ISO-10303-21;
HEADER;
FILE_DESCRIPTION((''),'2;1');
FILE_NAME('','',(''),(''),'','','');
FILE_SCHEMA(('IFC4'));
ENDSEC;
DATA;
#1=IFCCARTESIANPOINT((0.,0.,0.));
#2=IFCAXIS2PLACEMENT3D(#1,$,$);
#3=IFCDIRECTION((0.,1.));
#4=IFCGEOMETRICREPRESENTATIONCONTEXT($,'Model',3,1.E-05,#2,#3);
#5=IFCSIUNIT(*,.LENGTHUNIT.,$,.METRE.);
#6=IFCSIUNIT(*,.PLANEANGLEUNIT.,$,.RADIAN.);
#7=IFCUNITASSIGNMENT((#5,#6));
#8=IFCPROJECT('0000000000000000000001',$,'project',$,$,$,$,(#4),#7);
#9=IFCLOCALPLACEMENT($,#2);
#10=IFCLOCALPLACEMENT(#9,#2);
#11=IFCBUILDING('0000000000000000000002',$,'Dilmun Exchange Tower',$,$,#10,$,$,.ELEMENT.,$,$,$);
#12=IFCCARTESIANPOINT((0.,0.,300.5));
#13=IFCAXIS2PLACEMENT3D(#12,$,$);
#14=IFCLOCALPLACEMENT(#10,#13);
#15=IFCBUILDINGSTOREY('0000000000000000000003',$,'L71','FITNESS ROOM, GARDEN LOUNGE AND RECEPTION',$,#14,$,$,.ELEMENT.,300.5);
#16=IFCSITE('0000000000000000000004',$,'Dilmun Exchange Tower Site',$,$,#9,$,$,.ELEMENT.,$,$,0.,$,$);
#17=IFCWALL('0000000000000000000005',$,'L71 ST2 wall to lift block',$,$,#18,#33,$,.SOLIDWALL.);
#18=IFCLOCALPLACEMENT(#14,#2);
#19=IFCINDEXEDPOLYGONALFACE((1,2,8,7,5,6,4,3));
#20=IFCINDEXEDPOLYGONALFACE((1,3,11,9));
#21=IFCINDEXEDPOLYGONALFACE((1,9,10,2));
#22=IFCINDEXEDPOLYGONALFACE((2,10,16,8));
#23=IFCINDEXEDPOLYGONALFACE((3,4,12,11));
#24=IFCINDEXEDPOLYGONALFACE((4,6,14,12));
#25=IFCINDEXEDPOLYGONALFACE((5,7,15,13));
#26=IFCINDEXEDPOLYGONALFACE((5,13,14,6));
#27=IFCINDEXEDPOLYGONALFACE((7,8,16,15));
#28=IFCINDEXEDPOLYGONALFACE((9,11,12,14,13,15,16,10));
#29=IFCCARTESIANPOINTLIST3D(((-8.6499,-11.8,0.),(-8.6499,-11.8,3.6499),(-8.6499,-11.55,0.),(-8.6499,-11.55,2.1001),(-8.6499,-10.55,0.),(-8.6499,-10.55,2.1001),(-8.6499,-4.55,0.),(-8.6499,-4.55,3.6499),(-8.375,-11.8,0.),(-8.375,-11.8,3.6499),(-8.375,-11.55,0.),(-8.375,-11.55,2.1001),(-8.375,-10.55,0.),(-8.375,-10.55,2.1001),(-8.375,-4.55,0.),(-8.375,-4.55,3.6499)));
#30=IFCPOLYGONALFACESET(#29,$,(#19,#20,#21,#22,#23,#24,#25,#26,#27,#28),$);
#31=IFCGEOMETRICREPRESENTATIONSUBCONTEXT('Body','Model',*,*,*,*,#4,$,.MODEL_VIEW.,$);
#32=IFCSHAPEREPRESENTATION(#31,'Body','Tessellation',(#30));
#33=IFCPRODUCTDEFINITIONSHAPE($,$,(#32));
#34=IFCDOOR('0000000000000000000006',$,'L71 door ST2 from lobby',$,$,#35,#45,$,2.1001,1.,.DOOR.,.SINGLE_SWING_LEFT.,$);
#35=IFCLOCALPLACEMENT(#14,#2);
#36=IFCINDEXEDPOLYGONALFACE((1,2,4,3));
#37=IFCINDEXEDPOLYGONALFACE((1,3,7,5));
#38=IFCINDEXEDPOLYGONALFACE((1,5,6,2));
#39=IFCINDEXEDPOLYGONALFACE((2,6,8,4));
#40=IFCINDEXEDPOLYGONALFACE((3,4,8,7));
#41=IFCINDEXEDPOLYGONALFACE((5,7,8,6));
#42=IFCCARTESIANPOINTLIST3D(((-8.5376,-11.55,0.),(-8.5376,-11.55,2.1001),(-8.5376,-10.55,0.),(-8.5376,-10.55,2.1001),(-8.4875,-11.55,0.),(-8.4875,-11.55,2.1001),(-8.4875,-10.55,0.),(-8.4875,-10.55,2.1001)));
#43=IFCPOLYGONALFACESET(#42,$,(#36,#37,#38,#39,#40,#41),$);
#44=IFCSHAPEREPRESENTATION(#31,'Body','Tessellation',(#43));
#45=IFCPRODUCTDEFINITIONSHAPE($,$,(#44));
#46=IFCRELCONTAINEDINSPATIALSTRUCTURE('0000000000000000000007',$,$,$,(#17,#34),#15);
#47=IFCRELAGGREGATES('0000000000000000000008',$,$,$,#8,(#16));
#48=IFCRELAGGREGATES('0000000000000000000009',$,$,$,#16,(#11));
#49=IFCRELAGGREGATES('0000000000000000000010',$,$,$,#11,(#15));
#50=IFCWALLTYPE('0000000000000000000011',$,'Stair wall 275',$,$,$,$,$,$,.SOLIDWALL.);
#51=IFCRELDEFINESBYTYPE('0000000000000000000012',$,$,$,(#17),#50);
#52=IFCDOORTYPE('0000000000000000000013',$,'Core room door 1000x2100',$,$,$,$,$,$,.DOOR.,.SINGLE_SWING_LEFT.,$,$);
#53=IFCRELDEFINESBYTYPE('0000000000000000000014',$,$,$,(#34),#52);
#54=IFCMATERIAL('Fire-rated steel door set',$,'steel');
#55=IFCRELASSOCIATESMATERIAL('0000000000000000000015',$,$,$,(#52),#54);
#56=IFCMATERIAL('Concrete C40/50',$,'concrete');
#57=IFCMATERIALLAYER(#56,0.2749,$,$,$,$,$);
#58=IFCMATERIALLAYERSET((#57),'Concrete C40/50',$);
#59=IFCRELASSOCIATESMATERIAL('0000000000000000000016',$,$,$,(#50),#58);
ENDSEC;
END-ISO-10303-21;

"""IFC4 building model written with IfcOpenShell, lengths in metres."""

from ifc_helpers import new_model, si_unit, direction, frame, frame_2d, origin, place, context, subcontext, project, spatial, rectangle, extrude, material, layer, layer_set, type_object, element, fill, save


model = new_model("IFC4")

# Units and contexts
model_context = context("Model", 3, precision=1e-05, world=origin(), true_north=direction((0.0, 1.0)))
body_context = subcontext(model_context, "Body", "Model", "MODEL_VIEW")
ifc_project = project(units=[si_unit("LENGTHUNIT", "METRE"), si_unit("PLANEANGLEUNIT", "RADIAN")], contexts=[model_context])

# Site, building, storey
site_placement = place(None, origin())
site = spatial("IfcSite", under=ifc_project, at=site_placement, Name="Dilmun Exchange Tower Site", CompositionType="ELEMENT", RefElevation=0.0)
building_placement = place(site_placement, origin())
building = spatial("IfcBuilding", under=site, at=building_placement, Name="Dilmun Exchange Tower", CompositionType="ELEMENT")
storey_placement = place(building_placement, frame((0.0, 0.0, 300.5)))
storey = spatial("IfcBuildingStorey", under=building, at=storey_placement, Name="L71", Description="FITNESS ROOM, GARDEN LOUNGE AND RECEPTION", CompositionType="ELEMENT", Elevation=300.5)

# Shared definitions
ifc_material_1 = material(Name="Concrete C40/50", Category="concrete")

# Shared definitions
ifc_material_2 = material(Name="Fire-rated steel door set", Category="steel")

# Shared definitions
door_type_1 = type_object("IfcDoorType", Name="Core room door 1000x2100", OperationType="SINGLE_SWING_LEFT", PredefinedType="DOOR", material=ifc_material_2)

# Wall, opening, door
ifc_layer_1 = layer(ifc_material_1, 0.2749)
ifc_layer_set_1 = layer_set([ifc_layer_1], Name="Concrete C40/50")
wall_type_1 = type_object("IfcWallType", Name="Stair wall 275", PredefinedType="SOLIDWALL", material=ifc_layer_set_1)
wall_1_placement = place(storey_placement, frame((-8.5125, -4.55, 0.0), z_axis=(0.0, 0.0, 1.0), x_axis=(0.0, -1.0, 0.0)))
wall_1 = element("IfcWall", 1, at=wall_1_placement, inside=storey, type_object=wall_type_1, Name="L71 ST2 wall to lift block", PredefinedType="SOLIDWALL", context=body_context, shape_type="SweptSolid", body=[
    extrude(rectangle(XDim=7.25, YDim=0.2749, at=frame_2d((3.625, 0.0))), origin(), (0.0, 0.0, 1.0), 3.6499),
])
opening_1_placement = place(wall_1_placement, frame((6.0, 0.0, 0.0)))
opening_1 = element("IfcOpeningElement", 2, at=opening_1_placement, cuts=wall_1, PredefinedType="OPENING", context=body_context, shape_type="SweptSolid", body=[
    extrude(rectangle(XDim=1.0, YDim=2.1001, at=frame_2d((0.5, 1.05))), frame((0.0, 0.1475, 0.0), z_axis=(0.0, -1.0, 0.0), x_axis=(1.0, 0.0, 0.0)), (0.0, 0.0, 1.0), 0.2949),
])
door_1_placement = place(opening_1_placement, origin())
door_1 = element("IfcDoor", 3, at=door_1_placement, inside=storey, type_object=door_type_1, Name="L71 door ST2 from lobby", OperationType="SINGLE_SWING_LEFT", OverallHeight=2.1001, OverallWidth=1.0, PredefinedType="DOOR", context=body_context, shape_type="SweptSolid", body=[
    extrude(rectangle(XDim=1.0, YDim=2.1001, at=frame_2d((0.5, 1.05))), frame((0.0, 0.0249, 0.0), z_axis=(0.0, -1.0, 0.0), x_axis=(1.0, 0.0, 0.0)), (0.0, 0.0, 1.0), 0.05),
])
fill(opening_1, door_1)

save(model, "model.ifc")
